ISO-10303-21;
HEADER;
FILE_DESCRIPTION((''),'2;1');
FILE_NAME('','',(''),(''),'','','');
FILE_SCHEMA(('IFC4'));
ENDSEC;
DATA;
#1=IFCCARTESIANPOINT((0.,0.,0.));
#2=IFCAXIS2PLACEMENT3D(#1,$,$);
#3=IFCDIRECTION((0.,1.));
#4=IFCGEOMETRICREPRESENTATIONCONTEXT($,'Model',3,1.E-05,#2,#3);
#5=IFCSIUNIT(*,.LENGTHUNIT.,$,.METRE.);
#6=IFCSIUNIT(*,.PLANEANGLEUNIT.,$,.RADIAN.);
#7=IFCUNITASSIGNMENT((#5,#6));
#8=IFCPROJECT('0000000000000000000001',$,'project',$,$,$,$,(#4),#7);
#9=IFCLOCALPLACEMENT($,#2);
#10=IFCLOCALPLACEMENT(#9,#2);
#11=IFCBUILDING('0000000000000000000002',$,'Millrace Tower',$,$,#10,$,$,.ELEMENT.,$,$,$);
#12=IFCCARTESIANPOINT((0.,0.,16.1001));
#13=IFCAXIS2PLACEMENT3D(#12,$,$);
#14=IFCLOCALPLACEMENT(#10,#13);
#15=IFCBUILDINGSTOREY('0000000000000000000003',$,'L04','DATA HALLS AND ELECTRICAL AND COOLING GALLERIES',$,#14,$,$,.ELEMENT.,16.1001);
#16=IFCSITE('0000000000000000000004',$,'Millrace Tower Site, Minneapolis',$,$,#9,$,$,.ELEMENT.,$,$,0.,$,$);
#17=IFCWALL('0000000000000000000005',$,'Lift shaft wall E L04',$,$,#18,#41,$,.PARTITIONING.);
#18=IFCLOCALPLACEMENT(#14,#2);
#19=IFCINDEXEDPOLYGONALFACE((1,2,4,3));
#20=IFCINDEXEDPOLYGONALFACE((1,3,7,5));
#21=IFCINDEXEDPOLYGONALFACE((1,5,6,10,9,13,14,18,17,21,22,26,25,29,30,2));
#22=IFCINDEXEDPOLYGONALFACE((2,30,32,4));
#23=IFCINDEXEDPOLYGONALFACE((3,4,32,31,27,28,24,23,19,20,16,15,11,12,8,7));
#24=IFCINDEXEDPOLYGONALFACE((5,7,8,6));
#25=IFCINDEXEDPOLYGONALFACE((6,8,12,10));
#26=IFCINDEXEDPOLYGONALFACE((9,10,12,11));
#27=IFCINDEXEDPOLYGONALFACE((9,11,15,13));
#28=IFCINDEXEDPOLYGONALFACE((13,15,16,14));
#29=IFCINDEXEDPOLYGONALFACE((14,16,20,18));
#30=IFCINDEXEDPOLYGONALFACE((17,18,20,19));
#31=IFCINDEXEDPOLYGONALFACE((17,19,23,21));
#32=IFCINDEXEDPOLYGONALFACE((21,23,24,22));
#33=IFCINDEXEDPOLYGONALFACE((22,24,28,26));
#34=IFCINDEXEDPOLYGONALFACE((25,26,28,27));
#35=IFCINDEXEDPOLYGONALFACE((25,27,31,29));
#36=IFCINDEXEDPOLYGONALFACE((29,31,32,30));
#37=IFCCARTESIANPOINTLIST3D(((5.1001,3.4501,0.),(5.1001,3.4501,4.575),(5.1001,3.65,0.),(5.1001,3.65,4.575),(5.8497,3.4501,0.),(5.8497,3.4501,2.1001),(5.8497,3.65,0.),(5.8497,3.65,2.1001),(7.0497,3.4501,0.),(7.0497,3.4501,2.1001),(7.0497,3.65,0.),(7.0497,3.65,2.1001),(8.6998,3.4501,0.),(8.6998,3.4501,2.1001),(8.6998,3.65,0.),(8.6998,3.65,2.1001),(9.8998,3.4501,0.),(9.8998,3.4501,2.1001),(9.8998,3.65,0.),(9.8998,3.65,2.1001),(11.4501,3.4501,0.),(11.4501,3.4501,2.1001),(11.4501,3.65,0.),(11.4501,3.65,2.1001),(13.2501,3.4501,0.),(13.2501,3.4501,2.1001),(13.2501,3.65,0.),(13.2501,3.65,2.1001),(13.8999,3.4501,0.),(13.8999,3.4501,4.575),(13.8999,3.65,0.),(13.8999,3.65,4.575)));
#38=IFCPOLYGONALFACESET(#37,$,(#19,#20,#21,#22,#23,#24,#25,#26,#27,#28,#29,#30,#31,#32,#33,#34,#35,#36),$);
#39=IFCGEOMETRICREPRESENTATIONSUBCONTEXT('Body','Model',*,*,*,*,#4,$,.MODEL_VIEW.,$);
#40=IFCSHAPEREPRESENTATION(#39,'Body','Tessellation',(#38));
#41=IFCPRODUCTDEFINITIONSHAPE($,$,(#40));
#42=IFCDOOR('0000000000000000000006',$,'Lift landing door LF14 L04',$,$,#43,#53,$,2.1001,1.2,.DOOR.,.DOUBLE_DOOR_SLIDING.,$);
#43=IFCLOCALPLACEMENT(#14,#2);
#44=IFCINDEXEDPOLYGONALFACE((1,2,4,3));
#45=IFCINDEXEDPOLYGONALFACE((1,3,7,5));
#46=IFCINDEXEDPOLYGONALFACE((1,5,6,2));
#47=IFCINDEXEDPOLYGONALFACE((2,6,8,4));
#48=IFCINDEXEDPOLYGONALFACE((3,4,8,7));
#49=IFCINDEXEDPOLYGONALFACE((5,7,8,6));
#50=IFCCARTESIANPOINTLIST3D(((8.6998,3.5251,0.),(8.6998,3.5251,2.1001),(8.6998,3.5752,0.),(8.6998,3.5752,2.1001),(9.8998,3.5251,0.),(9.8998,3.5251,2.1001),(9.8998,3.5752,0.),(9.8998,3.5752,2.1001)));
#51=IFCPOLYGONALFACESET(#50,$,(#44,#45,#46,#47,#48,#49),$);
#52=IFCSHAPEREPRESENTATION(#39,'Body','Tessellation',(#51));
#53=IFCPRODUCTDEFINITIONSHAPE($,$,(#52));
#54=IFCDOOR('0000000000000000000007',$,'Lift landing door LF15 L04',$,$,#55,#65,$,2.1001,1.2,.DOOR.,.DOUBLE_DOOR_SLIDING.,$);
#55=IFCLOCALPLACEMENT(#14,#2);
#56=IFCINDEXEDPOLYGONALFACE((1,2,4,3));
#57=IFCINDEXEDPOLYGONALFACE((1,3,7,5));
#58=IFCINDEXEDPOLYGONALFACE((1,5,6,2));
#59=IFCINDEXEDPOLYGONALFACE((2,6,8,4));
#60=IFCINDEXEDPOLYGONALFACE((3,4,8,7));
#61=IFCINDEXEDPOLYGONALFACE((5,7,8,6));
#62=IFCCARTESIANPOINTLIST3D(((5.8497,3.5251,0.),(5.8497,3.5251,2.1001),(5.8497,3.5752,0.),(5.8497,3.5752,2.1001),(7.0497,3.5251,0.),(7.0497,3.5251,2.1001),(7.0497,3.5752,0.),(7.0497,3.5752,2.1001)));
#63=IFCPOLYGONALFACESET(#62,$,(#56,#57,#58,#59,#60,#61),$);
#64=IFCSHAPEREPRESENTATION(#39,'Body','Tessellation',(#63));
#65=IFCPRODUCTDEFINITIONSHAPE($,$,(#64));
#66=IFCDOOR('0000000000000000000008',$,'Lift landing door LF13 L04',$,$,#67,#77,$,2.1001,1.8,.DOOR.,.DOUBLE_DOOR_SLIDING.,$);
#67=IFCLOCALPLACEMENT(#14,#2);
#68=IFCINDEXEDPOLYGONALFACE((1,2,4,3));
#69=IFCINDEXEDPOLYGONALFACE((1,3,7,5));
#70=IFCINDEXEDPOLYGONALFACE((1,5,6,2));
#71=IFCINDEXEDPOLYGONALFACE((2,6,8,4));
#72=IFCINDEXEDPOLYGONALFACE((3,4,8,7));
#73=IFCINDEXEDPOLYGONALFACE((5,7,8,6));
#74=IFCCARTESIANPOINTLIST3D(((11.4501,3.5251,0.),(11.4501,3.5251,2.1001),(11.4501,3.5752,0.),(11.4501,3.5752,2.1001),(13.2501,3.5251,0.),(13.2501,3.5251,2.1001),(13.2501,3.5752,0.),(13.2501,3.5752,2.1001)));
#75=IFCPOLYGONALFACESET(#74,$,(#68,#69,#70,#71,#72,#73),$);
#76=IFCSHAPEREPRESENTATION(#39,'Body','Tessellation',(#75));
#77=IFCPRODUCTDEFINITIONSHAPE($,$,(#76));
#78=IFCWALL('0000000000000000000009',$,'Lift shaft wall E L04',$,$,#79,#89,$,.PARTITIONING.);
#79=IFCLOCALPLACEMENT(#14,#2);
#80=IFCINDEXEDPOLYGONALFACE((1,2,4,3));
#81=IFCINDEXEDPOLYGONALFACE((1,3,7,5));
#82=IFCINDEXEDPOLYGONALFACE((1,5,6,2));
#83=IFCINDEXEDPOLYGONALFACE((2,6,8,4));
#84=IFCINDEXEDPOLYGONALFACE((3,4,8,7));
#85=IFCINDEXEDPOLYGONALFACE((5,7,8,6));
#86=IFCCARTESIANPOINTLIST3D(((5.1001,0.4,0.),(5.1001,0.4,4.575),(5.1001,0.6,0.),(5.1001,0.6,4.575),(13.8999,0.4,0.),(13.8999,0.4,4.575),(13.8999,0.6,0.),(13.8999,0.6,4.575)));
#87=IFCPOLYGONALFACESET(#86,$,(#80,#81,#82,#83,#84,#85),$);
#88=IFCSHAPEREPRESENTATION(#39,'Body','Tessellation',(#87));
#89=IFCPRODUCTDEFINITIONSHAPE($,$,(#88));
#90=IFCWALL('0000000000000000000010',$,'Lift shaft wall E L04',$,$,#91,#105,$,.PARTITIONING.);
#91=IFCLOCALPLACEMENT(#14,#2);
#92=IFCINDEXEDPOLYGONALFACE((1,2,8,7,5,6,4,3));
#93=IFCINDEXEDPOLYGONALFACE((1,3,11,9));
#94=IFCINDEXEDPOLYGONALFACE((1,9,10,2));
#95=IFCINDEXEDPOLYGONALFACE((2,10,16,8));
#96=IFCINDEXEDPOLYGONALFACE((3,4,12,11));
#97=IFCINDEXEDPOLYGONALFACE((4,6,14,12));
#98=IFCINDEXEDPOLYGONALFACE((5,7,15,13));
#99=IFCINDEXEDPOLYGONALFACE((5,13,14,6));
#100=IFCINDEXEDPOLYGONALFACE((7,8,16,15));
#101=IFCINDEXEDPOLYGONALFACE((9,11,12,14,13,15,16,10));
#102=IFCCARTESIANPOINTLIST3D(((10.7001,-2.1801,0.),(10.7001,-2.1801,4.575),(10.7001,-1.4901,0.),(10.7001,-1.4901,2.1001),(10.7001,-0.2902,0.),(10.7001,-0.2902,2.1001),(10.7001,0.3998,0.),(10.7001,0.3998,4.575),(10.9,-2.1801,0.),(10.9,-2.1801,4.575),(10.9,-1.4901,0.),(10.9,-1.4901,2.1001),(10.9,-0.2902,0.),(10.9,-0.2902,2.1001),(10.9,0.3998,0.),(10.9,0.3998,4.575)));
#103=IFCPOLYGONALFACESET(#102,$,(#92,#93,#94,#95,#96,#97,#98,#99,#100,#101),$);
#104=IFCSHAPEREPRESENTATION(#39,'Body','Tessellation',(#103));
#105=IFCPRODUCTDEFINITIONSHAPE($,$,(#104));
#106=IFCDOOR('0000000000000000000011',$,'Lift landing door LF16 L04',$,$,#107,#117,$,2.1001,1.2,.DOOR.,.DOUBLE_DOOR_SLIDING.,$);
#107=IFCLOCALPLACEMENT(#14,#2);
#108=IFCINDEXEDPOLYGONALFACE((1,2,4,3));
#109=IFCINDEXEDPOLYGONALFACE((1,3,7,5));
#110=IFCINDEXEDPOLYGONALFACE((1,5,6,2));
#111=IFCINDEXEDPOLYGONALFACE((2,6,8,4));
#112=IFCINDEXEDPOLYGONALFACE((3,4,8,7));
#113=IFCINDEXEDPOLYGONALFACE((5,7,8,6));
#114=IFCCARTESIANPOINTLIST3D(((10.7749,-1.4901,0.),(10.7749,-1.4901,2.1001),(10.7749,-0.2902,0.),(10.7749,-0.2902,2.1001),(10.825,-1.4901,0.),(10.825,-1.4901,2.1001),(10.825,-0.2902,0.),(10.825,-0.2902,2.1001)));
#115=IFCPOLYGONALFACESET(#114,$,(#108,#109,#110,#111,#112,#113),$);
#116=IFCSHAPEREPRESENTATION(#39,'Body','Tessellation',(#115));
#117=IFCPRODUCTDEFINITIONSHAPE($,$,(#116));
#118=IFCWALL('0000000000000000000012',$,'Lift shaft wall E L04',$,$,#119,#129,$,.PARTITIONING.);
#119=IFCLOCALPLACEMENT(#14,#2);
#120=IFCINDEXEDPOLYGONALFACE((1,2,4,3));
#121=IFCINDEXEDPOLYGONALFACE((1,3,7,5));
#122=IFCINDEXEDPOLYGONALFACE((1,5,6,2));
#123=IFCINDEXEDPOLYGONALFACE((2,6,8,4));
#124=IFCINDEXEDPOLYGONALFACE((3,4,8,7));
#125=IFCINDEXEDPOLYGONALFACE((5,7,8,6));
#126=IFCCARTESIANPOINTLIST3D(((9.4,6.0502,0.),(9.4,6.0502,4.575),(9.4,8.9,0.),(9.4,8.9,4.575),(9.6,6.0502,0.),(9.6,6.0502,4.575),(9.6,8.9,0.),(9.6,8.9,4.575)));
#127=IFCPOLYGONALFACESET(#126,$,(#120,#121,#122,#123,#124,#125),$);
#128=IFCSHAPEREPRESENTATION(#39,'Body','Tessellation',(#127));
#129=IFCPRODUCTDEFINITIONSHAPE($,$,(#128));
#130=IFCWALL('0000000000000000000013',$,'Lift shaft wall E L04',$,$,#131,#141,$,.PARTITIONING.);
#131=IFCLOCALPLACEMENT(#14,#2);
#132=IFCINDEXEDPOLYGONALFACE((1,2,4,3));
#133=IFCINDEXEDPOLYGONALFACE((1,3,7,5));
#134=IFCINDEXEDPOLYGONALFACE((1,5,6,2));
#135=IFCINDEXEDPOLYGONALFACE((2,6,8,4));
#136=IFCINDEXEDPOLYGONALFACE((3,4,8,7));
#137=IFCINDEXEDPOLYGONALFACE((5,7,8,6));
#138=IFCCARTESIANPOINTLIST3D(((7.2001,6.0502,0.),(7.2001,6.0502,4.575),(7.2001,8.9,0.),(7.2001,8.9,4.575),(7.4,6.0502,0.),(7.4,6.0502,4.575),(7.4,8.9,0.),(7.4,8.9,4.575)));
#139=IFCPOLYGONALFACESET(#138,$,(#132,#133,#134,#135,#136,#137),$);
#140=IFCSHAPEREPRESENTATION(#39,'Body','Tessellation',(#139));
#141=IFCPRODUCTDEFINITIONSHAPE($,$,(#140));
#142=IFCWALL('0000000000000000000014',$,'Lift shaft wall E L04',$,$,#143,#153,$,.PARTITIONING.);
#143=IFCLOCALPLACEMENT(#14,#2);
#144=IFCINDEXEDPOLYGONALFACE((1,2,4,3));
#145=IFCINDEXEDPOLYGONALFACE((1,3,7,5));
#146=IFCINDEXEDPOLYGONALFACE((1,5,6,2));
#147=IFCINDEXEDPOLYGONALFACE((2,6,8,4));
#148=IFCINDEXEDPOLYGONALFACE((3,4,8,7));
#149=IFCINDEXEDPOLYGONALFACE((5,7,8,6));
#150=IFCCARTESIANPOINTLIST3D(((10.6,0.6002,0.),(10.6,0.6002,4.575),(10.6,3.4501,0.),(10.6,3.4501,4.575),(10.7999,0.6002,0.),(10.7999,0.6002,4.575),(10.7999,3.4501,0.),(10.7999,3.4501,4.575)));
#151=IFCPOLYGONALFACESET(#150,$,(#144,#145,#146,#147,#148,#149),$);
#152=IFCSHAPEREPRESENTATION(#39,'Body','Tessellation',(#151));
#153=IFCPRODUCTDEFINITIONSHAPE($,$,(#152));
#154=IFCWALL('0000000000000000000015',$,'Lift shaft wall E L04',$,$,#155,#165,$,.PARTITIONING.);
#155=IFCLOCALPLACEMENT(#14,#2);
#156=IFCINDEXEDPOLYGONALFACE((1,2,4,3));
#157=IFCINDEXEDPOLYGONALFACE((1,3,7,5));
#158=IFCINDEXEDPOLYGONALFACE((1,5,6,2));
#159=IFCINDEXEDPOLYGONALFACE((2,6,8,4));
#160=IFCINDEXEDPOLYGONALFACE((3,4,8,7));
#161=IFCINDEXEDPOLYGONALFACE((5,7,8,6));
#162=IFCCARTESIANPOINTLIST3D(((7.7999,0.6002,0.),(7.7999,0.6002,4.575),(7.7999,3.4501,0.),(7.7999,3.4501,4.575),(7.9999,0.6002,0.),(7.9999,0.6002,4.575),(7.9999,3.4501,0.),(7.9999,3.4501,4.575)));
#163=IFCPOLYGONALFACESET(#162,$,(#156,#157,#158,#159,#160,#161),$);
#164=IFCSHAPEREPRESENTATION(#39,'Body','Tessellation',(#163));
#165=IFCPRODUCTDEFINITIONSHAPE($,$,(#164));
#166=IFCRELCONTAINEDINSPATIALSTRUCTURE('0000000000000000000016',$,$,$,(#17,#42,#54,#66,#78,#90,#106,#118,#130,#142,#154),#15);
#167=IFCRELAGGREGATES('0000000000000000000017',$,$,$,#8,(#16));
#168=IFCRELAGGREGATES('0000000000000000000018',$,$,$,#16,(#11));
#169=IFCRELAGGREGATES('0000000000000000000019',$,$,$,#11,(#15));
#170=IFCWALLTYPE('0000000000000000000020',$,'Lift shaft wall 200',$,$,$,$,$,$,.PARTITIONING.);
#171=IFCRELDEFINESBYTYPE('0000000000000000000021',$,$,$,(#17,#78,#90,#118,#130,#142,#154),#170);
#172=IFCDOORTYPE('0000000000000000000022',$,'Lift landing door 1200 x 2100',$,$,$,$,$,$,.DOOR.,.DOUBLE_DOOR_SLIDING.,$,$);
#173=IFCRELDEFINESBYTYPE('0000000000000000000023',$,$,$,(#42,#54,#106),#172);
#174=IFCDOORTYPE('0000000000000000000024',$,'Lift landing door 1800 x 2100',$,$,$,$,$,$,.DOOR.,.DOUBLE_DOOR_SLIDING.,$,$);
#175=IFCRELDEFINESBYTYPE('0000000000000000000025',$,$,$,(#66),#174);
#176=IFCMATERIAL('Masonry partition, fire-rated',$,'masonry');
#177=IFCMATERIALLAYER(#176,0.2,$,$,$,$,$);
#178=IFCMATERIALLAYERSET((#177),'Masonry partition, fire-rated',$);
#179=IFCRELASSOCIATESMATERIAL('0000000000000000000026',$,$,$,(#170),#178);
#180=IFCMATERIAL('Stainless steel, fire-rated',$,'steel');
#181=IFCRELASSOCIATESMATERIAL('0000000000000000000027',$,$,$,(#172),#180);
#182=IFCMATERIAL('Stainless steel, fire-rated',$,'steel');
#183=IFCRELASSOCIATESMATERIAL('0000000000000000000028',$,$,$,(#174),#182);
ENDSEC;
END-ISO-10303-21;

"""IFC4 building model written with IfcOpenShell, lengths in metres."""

from ifc_helpers import new_model, si_unit, direction, frame, frame_2d, origin, place, context, subcontext, project, spatial, rectangle, extrude, material, layer, layer_set, type_object, element, fill, save


model = new_model("IFC4")

# Units and contexts
model_context = context("Model", 3, precision=1e-05, world=origin(), true_north=direction((0.0, 1.0)))
body_context = subcontext(model_context, "Body", "Model", "MODEL_VIEW")
ifc_project = project(units=[si_unit("LENGTHUNIT", "METRE"), si_unit("PLANEANGLEUNIT", "RADIAN")], contexts=[model_context])

# Site, building, storey
site_placement = place(None, origin())
site = spatial("IfcSite", under=ifc_project, at=site_placement, Name="Millrace Tower Site, Minneapolis", CompositionType="ELEMENT", RefElevation=0.0)
building_placement = place(site_placement, origin())
building = spatial("IfcBuilding", under=site, at=building_placement, Name="Millrace Tower", CompositionType="ELEMENT")
storey_placement = place(building_placement, frame((0.0, 0.0, 16.1001)))
storey = spatial("IfcBuildingStorey", under=building, at=storey_placement, Name="L04", Description="DATA HALLS AND ELECTRICAL AND COOLING GALLERIES", CompositionType="ELEMENT", Elevation=16.1001)

# Wall, openings, doors
ifc_material_1 = material(Name="Masonry partition, fire-rated", Category="masonry")
ifc_layer_1 = layer(ifc_material_1, 0.2)
ifc_layer_set_1 = layer_set([ifc_layer_1], Name="Masonry partition, fire-rated")
wall_type_1 = type_object("IfcWallType", Name="Lift shaft wall 200", PredefinedType="PARTITIONING", material=ifc_layer_set_1)
wall_1_placement = place(storey_placement, frame((13.8999, 3.55, 0.0), z_axis=(0.0, 0.0, 1.0), x_axis=(-1.0, 0.0, 0.0)))
wall_1 = element("IfcWall", 1, at=wall_1_placement, inside=storey, type_object=wall_type_1, Name="Lift shaft wall E L04", PredefinedType="PARTITIONING", context=body_context, shape_type="SweptSolid", body=[
    extrude(rectangle(XDim=8.7998, YDim=0.2, at=frame_2d((4.3999, 0.0))), origin(), (0.0, 0.0, 1.0), 4.575),
])
opening_1_placement = place(wall_1_placement, frame((0.6499, 0.0, 0.0)))
opening_1 = element("IfcOpeningElement", 2, at=opening_1_placement, cuts=wall_1, PredefinedType="OPENING", context=body_context, shape_type="SweptSolid", body=[
    extrude(rectangle(XDim=1.8, YDim=2.1001, at=frame_2d((0.8999, 1.05))), frame((0.0, 0.1099, 0.0), z_axis=(0.0, -1.0, 0.0), x_axis=(1.0, 0.0, 0.0)), (0.0, 0.0, 1.0), 0.22),
])
opening_2_placement = place(wall_1_placement, frame((4.0, 0.0, 0.0)))
opening_2 = element("IfcOpeningElement", 3, at=opening_2_placement, cuts=wall_1, PredefinedType="OPENING", context=body_context, shape_type="SweptSolid", body=[
    extrude(rectangle(XDim=1.2, YDim=2.1001, at=frame_2d((0.6001, 1.05))), frame((0.0, 0.1099, 0.0), z_axis=(0.0, -1.0, 0.0), x_axis=(1.0, 0.0, 0.0)), (0.0, 0.0, 1.0), 0.22),
])
opening_3_placement = place(wall_1_placement, frame((6.8501, 0.0, 0.0)))
opening_3 = element("IfcOpeningElement", 4, at=opening_3_placement, cuts=wall_1, PredefinedType="OPENING", context=body_context, shape_type="SweptSolid", body=[
    extrude(rectangle(XDim=1.2, YDim=2.1001, at=frame_2d((0.6001, 1.05))), frame((0.0, 0.1099, 0.0), z_axis=(0.0, -1.0, 0.0), x_axis=(1.0, 0.0, 0.0)), (0.0, 0.0, 1.0), 0.22),
])
ifc_material_2 = material(Name="Stainless steel, fire-rated", Category="steel")
door_type_1 = type_object("IfcDoorType", Name="Lift landing door 1200 x 2100", OperationType="DOUBLE_DOOR_SLIDING", PredefinedType="DOOR", material=ifc_material_2)
door_1_placement = place(opening_2_placement, origin())
door_1 = element("IfcDoor", 5, at=door_1_placement, inside=storey, type_object=door_type_1, Name="Lift landing door LF14 L04", OperationType="DOUBLE_DOOR_SLIDING", OverallHeight=2.1001, OverallWidth=1.2, PredefinedType="DOOR", context=body_context, shape_type="SweptSolid", body=[
    extrude(rectangle(XDim=1.2, YDim=2.1001, at=frame_2d((0.6001, 1.05))), frame((0.0, 0.0249, 0.0), z_axis=(0.0, -1.0, 0.0), x_axis=(1.0, 0.0, 0.0)), (0.0, 0.0, 1.0), 0.05),
])
fill(opening_2, door_1)
door_2_placement = place(opening_3_placement, origin())
door_2 = element("IfcDoor", 6, at=door_2_placement, inside=storey, type_object=door_type_1, Name="Lift landing door LF15 L04", OperationType="DOUBLE_DOOR_SLIDING", OverallHeight=2.1001, OverallWidth=1.2, PredefinedType="DOOR", context=body_context, shape_type="SweptSolid", body=[
    extrude(rectangle(XDim=1.2, YDim=2.1001, at=frame_2d((0.6001, 1.05))), frame((0.0, 0.0249, 0.0), z_axis=(0.0, -1.0, 0.0), x_axis=(1.0, 0.0, 0.0)), (0.0, 0.0, 1.0), 0.05),
])
fill(opening_3, door_2)
ifc_material_3 = material(Name="Stainless steel, fire-rated", Category="steel")
door_type_2 = type_object("IfcDoorType", Name="Lift landing door 1800 x 2100", OperationType="DOUBLE_DOOR_SLIDING", PredefinedType="DOOR", material=ifc_material_3)
door_3_placement = place(opening_1_placement, origin())
door_3 = element("IfcDoor", 7, at=door_3_placement, inside=storey, type_object=door_type_2, Name="Lift landing door LF13 L04", OperationType="DOUBLE_DOOR_SLIDING", OverallHeight=2.1001, OverallWidth=1.8, PredefinedType="DOOR", context=body_context, shape_type="SweptSolid", body=[
    extrude(rectangle(XDim=1.8, YDim=2.1001, at=frame_2d((0.8999, 1.05))), frame((0.0, 0.0249, 0.0), z_axis=(0.0, -1.0, 0.0), x_axis=(1.0, 0.0, 0.0)), (0.0, 0.0, 1.0), 0.05),
])
fill(opening_1, door_3)

# Wall
wall_2_placement = place(storey_placement, frame((13.8999, 0.5, 0.0), z_axis=(0.0, 0.0, 1.0), x_axis=(-1.0, 0.0, 0.0)))
element("IfcWall", 8, at=wall_2_placement, inside=storey, type_object=wall_type_1, Name="Lift shaft wall E L04", PredefinedType="PARTITIONING", context=body_context, shape_type="SweptSolid", body=[
    extrude(rectangle(XDim=8.7998, YDim=0.2, at=frame_2d((4.3999, 0.0))), origin(), (0.0, 0.0, 1.0), 4.575),
])

# Wall, opening, door
wall_3_placement = place(storey_placement, frame((10.8, 0.3999, 0.0), z_axis=(0.0, 0.0, 1.0), x_axis=(0.0, -1.0, 0.0)))
wall_3 = element("IfcWall", 9, at=wall_3_placement, inside=storey, type_object=wall_type_1, Name="Lift shaft wall E L04", PredefinedType="PARTITIONING", context=body_context, shape_type="SweptSolid", body=[
    extrude(rectangle(XDim=2.5798, YDim=0.2, at=frame_2d((1.29, 0.0))), origin(), (0.0, 0.0, 1.0), 4.575),
])
opening_4_placement = place(wall_3_placement, frame((0.6899, 0.0, 0.0)))
opening_4 = element("IfcOpeningElement", 10, at=opening_4_placement, cuts=wall_3, PredefinedType="OPENING", context=body_context, shape_type="SweptSolid", body=[
    extrude(rectangle(XDim=1.2, YDim=2.1001, at=frame_2d((0.6001, 1.05))), frame((0.0, 0.1099, 0.0), z_axis=(0.0, -1.0, 0.0), x_axis=(1.0, 0.0, 0.0)), (0.0, 0.0, 1.0), 0.22),
])
door_4_placement = place(opening_4_placement, origin())
door_4 = element("IfcDoor", 11, at=door_4_placement, inside=storey, type_object=door_type_1, Name="Lift landing door LF16 L04", OperationType="DOUBLE_DOOR_SLIDING", OverallHeight=2.1001, OverallWidth=1.2, PredefinedType="DOOR", context=body_context, shape_type="SweptSolid", body=[
    extrude(rectangle(XDim=1.2, YDim=2.1001, at=frame_2d((0.6001, 1.05))), frame((0.0, 0.0249, 0.0), z_axis=(0.0, -1.0, 0.0), x_axis=(1.0, 0.0, 0.0)), (0.0, 0.0, 1.0), 0.05),
])
fill(opening_4, door_4)

# Walls
for number, where, z_axis, x_axis, name in (
    (12, (9.5, 8.8999, 0.0), (0.0, 0.0, 1.0), (0.0, -1.0, 0.0), "Lift shaft wall E L04"),
    (13, (7.3, 8.8999, 0.0), (0.0, 0.0, 1.0), (0.0, -1.0, 0.0), "Lift shaft wall E L04"),
    (14, (10.7, 3.45, 0.0), (0.0, 0.0, 1.0), (0.0, -1.0, 0.0), "Lift shaft wall E L04"),
    (15, (7.8999, 3.45, 0.0), (0.0, 0.0, 1.0), (0.0, -1.0, 0.0), "Lift shaft wall E L04"),
):
    element("IfcWall", number, at=place(storey_placement, frame(where, z_axis=z_axis, x_axis=x_axis)), inside=storey, type_object=wall_type_1, Name=name, PredefinedType="PARTITIONING", context=body_context, shape_type="SweptSolid", body=[
        extrude(rectangle(XDim=2.8499, YDim=0.2, at=frame_2d((1.4248, 0.0))), origin(), (0.0, 0.0, 1.0), 4.575),
    ])

save(model, "model.ifc")
